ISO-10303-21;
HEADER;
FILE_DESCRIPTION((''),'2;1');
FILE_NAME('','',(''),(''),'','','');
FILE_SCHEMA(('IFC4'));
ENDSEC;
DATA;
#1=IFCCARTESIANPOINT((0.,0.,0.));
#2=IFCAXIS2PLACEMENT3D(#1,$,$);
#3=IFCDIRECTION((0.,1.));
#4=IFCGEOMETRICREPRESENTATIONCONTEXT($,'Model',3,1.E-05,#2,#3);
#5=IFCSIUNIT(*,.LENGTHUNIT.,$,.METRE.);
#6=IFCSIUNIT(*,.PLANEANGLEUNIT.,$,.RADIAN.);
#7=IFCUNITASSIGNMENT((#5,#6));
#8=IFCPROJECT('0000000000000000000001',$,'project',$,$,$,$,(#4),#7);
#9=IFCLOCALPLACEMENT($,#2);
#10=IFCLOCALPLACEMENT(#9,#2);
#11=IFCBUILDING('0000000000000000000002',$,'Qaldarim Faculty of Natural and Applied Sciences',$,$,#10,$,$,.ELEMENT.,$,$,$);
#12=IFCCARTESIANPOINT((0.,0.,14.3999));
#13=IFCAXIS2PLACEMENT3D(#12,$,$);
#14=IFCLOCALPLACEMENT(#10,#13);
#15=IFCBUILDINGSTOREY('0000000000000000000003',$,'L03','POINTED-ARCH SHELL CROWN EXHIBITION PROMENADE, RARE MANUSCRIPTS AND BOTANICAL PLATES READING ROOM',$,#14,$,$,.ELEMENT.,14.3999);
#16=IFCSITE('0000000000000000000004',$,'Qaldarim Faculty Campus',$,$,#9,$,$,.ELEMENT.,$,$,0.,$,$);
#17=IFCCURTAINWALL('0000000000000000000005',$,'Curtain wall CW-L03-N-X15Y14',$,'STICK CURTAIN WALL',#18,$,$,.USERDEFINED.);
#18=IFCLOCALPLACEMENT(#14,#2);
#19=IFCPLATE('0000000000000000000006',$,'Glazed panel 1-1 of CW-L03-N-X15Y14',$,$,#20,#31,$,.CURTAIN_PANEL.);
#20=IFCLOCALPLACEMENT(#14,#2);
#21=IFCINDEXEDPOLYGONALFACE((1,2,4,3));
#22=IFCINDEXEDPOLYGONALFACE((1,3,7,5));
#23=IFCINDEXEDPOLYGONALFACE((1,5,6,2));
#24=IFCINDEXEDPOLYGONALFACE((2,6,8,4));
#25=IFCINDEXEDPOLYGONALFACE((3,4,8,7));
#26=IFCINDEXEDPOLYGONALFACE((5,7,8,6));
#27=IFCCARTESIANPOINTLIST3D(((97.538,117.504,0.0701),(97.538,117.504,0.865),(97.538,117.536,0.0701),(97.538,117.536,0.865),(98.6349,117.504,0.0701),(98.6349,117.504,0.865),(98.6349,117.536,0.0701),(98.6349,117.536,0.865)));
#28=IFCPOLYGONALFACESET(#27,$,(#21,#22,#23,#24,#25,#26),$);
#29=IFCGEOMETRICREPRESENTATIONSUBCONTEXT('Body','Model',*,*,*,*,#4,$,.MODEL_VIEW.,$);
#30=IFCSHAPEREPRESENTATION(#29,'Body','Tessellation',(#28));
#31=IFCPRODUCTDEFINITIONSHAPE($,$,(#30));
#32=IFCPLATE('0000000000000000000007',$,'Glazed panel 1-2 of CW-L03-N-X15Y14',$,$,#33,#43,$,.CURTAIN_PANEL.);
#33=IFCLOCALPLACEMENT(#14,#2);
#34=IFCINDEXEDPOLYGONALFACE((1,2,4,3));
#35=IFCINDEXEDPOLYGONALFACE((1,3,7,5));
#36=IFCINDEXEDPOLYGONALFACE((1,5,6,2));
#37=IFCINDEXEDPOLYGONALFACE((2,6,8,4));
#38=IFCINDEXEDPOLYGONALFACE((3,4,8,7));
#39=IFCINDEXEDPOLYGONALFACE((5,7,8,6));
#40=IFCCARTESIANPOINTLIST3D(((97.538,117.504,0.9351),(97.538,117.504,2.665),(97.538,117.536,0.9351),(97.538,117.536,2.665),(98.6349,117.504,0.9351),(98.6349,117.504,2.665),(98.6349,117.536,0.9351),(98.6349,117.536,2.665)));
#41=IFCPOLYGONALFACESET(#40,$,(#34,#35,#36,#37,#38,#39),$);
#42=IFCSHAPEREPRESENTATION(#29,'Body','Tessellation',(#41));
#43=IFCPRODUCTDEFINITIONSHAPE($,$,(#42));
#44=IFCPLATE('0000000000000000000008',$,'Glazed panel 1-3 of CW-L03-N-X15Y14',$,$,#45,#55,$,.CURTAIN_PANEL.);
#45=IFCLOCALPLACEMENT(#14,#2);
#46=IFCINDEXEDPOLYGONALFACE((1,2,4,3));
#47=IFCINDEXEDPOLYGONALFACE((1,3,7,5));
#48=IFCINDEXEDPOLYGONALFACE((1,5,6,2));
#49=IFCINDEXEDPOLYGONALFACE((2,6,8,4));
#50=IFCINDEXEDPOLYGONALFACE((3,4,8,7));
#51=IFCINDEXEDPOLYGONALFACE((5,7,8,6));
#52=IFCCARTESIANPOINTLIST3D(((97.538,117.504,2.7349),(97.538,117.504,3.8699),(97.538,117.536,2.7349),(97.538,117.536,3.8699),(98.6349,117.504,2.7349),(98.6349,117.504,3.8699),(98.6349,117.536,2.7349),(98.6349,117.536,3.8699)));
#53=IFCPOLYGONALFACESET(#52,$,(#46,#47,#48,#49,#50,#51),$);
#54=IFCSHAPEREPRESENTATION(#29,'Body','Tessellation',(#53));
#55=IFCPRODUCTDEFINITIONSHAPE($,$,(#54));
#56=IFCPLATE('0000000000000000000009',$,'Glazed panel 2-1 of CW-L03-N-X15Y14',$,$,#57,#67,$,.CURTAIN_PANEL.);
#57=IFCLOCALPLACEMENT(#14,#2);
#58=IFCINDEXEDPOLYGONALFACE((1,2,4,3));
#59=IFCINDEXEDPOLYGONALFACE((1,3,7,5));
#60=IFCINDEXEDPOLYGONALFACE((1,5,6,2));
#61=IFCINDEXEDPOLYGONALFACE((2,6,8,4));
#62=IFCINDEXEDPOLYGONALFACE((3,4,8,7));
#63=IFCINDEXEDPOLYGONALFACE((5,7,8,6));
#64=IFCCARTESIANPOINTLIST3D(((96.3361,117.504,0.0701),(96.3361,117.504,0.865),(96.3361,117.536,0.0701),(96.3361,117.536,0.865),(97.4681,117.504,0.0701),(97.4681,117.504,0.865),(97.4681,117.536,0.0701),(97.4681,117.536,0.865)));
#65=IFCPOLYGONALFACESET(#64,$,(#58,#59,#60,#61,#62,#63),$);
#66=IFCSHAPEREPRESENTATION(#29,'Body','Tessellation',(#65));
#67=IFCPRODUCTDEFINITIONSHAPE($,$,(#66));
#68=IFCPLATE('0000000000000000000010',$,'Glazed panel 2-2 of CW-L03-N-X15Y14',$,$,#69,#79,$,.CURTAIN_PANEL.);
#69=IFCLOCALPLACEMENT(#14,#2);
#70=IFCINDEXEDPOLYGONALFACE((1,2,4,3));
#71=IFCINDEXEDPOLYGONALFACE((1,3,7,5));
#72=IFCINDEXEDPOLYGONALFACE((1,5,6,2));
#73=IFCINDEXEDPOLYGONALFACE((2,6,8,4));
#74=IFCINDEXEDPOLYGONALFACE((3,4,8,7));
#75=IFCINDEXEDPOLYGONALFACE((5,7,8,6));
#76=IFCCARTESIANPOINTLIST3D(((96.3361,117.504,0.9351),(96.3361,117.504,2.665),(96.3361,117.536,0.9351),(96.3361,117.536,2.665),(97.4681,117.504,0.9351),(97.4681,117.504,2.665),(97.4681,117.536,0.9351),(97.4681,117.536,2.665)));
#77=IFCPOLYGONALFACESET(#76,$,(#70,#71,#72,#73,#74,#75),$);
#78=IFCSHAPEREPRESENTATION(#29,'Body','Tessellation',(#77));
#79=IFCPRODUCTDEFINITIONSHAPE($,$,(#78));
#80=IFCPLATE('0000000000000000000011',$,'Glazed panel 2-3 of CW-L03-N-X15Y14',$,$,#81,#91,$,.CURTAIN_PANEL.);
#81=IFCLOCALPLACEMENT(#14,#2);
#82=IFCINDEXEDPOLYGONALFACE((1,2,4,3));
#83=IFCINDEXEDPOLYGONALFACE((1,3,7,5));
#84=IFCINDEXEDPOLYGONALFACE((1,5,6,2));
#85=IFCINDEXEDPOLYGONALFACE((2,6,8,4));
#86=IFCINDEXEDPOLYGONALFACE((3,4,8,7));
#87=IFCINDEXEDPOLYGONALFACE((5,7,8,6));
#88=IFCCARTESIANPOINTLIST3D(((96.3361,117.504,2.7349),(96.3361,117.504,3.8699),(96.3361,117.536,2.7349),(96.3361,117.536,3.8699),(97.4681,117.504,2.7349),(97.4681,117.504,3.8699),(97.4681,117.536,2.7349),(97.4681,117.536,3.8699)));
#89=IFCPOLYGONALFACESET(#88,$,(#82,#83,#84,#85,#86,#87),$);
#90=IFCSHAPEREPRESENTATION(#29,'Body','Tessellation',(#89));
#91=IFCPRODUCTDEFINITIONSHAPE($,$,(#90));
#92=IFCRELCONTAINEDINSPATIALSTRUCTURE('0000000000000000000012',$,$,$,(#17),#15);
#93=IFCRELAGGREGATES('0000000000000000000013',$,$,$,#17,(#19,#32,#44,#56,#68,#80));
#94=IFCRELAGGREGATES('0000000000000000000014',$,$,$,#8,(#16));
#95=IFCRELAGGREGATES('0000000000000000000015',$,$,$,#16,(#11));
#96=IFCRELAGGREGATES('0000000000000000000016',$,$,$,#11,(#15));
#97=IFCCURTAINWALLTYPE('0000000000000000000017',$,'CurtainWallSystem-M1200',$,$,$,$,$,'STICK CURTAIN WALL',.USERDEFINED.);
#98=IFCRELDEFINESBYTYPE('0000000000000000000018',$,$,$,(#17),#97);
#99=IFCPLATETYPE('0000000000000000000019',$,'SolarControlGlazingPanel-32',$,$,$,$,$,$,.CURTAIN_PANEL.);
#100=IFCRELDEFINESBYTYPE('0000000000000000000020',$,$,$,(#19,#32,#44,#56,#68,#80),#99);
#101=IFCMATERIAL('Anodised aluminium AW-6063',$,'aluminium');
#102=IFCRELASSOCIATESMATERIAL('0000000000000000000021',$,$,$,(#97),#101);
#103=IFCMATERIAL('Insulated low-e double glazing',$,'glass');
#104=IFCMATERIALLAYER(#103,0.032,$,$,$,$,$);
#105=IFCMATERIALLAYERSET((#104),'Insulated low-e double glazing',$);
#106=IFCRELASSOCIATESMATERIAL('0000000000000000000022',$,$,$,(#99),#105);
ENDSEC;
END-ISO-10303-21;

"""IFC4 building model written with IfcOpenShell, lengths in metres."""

from ifc_helpers import new_model, si_unit, direction, frame, origin, origin_2d, place, context, subcontext, project, spatial, rectangle, extrude, material, layer, layer_set, type_object, element, aggregate, save


model = new_model("IFC4")

# Units and contexts
model_context = context("Model", 3, precision=1e-05, world=origin(), true_north=direction((0.0, 1.0)))
body_context = subcontext(model_context, "Body", "Model", "MODEL_VIEW")
ifc_project = project(units=[si_unit("LENGTHUNIT", "METRE"), si_unit("PLANEANGLEUNIT", "RADIAN")], contexts=[model_context])

# Site, building, storey
site_placement = place(None, origin())
site = spatial("IfcSite", under=ifc_project, at=site_placement, Name="Qaldarim Faculty Campus", CompositionType="ELEMENT", RefElevation=0.0)
building_placement = place(site_placement, origin())
building = spatial("IfcBuilding", under=site, at=building_placement, Name="Qaldarim Faculty of Natural and Applied Sciences", CompositionType="ELEMENT")
storey_placement = place(building_placement, frame((0.0, 0.0, 14.3999)))
storey = spatial("IfcBuildingStorey", under=building, at=storey_placement, Name="L03", Description="POINTED-ARCH SHELL CROWN EXHIBITION PROMENADE, RARE MANUSCRIPTS AND BOTANICAL PLATES READING ROOM", CompositionType="ELEMENT", Elevation=14.3999)

# Curtain wall, plates
ifc_material_1 = material(Name="Anodised aluminium AW-6063", Category="aluminium")
curtain_wall_type = type_object("IfcCurtainWallType", Name="CurtainWallSystem-M1200", ElementType="STICK CURTAIN WALL", PredefinedType="USERDEFINED", material=ifc_material_1)
curtain_wall_placement = place(storey_placement, origin())
curtain_wall = element("IfcCurtainWall", 1, at=curtain_wall_placement, inside=storey, type_object=curtain_wall_type, Name="Curtain wall CW-L03-N-X15Y14", ObjectType="STICK CURTAIN WALL", PredefinedType="USERDEFINED")
ifc_material_2 = material(Name="Insulated low-e double glazing", Category="glass")
ifc_layer = layer(ifc_material_2, 0.032)
ifc_layer_set = layer_set([ifc_layer], Name="Insulated low-e double glazing")
plate_type = type_object("IfcPlateType", Name="SolarControlGlazingPanel-32", PredefinedType="CURTAIN_PANEL", material=ifc_layer_set)
plate_1_placement = place(storey_placement, frame((98.0864, 117.52, 0.0701), z_axis=(0.0, 0.0, 1.0), x_axis=(-1.0, 0.0, 0.0)))
plate_1 = element("IfcPlate", 2, at=plate_1_placement, type_object=plate_type, Name="Glazed panel 1-1 of CW-L03-N-X15Y14", PredefinedType="CURTAIN_PANEL", context=body_context, shape_type="SweptSolid", body=[
    extrude(rectangle(XDim=1.0969, YDim=0.032, at=origin_2d()), origin(), (0.0, 0.0, 1.0), 0.7949),
])
plate_2_placement = place(storey_placement, frame((98.0864, 117.52, 0.9351), z_axis=(0.0, 0.0, 1.0), x_axis=(-1.0, 0.0, 0.0)))
plate_2 = element("IfcPlate", 3, at=plate_2_placement, type_object=plate_type, Name="Glazed panel 1-2 of CW-L03-N-X15Y14", PredefinedType="CURTAIN_PANEL", context=body_context, shape_type="SweptSolid", body=[
    extrude(rectangle(XDim=1.0969, YDim=0.032, at=origin_2d()), origin(), (0.0, 0.0, 1.0), 1.73),
])
plate_3_placement = place(storey_placement, frame((98.0864, 117.52, 2.7349), z_axis=(0.0, 0.0, 1.0), x_axis=(-1.0, 0.0, 0.0)))
plate_3 = element("IfcPlate", 4, at=plate_3_placement, type_object=plate_type, Name="Glazed panel 1-3 of CW-L03-N-X15Y14", PredefinedType="CURTAIN_PANEL", context=body_context, shape_type="SweptSolid", body=[
    extrude(rectangle(XDim=1.0969, YDim=0.032, at=origin_2d()), origin(), (0.0, 0.0, 1.0), 1.135),
])
plate_4_placement = place(storey_placement, frame((96.9021, 117.52, 0.0701), z_axis=(0.0, 0.0, 1.0), x_axis=(-1.0, 0.0, 0.0)))
plate_4 = element("IfcPlate", 5, at=plate_4_placement, type_object=plate_type, Name="Glazed panel 2-1 of CW-L03-N-X15Y14", PredefinedType="CURTAIN_PANEL", context=body_context, shape_type="SweptSolid", body=[
    extrude(rectangle(XDim=1.1321, YDim=0.032, at=origin_2d()), origin(), (0.0, 0.0, 1.0), 0.7949),
])
plate_5_placement = place(storey_placement, frame((96.9021, 117.52, 0.9351), z_axis=(0.0, 0.0, 1.0), x_axis=(-1.0, 0.0, 0.0)))
plate_5 = element("IfcPlate", 6, at=plate_5_placement, type_object=plate_type, Name="Glazed panel 2-2 of CW-L03-N-X15Y14", PredefinedType="CURTAIN_PANEL", context=body_context, shape_type="SweptSolid", body=[
    extrude(rectangle(XDim=1.1321, YDim=0.032, at=origin_2d()), origin(), (0.0, 0.0, 1.0), 1.73),
])
plate_6_placement = place(storey_placement, frame((96.9021, 117.52, 2.7349), z_axis=(0.0, 0.0, 1.0), x_axis=(-1.0, 0.0, 0.0)))
plate_6 = element("IfcPlate", 7, at=plate_6_placement, type_object=plate_type, Name="Glazed panel 2-3 of CW-L03-N-X15Y14", PredefinedType="CURTAIN_PANEL", context=body_context, shape_type="SweptSolid", body=[
    extrude(rectangle(XDim=1.1321, YDim=0.032, at=origin_2d()), origin(), (0.0, 0.0, 1.0), 1.135),
])
aggregate(curtain_wall, [plate_1, plate_2, plate_3, plate_4, plate_5, plate_6])

save(model, "model.ifc")
